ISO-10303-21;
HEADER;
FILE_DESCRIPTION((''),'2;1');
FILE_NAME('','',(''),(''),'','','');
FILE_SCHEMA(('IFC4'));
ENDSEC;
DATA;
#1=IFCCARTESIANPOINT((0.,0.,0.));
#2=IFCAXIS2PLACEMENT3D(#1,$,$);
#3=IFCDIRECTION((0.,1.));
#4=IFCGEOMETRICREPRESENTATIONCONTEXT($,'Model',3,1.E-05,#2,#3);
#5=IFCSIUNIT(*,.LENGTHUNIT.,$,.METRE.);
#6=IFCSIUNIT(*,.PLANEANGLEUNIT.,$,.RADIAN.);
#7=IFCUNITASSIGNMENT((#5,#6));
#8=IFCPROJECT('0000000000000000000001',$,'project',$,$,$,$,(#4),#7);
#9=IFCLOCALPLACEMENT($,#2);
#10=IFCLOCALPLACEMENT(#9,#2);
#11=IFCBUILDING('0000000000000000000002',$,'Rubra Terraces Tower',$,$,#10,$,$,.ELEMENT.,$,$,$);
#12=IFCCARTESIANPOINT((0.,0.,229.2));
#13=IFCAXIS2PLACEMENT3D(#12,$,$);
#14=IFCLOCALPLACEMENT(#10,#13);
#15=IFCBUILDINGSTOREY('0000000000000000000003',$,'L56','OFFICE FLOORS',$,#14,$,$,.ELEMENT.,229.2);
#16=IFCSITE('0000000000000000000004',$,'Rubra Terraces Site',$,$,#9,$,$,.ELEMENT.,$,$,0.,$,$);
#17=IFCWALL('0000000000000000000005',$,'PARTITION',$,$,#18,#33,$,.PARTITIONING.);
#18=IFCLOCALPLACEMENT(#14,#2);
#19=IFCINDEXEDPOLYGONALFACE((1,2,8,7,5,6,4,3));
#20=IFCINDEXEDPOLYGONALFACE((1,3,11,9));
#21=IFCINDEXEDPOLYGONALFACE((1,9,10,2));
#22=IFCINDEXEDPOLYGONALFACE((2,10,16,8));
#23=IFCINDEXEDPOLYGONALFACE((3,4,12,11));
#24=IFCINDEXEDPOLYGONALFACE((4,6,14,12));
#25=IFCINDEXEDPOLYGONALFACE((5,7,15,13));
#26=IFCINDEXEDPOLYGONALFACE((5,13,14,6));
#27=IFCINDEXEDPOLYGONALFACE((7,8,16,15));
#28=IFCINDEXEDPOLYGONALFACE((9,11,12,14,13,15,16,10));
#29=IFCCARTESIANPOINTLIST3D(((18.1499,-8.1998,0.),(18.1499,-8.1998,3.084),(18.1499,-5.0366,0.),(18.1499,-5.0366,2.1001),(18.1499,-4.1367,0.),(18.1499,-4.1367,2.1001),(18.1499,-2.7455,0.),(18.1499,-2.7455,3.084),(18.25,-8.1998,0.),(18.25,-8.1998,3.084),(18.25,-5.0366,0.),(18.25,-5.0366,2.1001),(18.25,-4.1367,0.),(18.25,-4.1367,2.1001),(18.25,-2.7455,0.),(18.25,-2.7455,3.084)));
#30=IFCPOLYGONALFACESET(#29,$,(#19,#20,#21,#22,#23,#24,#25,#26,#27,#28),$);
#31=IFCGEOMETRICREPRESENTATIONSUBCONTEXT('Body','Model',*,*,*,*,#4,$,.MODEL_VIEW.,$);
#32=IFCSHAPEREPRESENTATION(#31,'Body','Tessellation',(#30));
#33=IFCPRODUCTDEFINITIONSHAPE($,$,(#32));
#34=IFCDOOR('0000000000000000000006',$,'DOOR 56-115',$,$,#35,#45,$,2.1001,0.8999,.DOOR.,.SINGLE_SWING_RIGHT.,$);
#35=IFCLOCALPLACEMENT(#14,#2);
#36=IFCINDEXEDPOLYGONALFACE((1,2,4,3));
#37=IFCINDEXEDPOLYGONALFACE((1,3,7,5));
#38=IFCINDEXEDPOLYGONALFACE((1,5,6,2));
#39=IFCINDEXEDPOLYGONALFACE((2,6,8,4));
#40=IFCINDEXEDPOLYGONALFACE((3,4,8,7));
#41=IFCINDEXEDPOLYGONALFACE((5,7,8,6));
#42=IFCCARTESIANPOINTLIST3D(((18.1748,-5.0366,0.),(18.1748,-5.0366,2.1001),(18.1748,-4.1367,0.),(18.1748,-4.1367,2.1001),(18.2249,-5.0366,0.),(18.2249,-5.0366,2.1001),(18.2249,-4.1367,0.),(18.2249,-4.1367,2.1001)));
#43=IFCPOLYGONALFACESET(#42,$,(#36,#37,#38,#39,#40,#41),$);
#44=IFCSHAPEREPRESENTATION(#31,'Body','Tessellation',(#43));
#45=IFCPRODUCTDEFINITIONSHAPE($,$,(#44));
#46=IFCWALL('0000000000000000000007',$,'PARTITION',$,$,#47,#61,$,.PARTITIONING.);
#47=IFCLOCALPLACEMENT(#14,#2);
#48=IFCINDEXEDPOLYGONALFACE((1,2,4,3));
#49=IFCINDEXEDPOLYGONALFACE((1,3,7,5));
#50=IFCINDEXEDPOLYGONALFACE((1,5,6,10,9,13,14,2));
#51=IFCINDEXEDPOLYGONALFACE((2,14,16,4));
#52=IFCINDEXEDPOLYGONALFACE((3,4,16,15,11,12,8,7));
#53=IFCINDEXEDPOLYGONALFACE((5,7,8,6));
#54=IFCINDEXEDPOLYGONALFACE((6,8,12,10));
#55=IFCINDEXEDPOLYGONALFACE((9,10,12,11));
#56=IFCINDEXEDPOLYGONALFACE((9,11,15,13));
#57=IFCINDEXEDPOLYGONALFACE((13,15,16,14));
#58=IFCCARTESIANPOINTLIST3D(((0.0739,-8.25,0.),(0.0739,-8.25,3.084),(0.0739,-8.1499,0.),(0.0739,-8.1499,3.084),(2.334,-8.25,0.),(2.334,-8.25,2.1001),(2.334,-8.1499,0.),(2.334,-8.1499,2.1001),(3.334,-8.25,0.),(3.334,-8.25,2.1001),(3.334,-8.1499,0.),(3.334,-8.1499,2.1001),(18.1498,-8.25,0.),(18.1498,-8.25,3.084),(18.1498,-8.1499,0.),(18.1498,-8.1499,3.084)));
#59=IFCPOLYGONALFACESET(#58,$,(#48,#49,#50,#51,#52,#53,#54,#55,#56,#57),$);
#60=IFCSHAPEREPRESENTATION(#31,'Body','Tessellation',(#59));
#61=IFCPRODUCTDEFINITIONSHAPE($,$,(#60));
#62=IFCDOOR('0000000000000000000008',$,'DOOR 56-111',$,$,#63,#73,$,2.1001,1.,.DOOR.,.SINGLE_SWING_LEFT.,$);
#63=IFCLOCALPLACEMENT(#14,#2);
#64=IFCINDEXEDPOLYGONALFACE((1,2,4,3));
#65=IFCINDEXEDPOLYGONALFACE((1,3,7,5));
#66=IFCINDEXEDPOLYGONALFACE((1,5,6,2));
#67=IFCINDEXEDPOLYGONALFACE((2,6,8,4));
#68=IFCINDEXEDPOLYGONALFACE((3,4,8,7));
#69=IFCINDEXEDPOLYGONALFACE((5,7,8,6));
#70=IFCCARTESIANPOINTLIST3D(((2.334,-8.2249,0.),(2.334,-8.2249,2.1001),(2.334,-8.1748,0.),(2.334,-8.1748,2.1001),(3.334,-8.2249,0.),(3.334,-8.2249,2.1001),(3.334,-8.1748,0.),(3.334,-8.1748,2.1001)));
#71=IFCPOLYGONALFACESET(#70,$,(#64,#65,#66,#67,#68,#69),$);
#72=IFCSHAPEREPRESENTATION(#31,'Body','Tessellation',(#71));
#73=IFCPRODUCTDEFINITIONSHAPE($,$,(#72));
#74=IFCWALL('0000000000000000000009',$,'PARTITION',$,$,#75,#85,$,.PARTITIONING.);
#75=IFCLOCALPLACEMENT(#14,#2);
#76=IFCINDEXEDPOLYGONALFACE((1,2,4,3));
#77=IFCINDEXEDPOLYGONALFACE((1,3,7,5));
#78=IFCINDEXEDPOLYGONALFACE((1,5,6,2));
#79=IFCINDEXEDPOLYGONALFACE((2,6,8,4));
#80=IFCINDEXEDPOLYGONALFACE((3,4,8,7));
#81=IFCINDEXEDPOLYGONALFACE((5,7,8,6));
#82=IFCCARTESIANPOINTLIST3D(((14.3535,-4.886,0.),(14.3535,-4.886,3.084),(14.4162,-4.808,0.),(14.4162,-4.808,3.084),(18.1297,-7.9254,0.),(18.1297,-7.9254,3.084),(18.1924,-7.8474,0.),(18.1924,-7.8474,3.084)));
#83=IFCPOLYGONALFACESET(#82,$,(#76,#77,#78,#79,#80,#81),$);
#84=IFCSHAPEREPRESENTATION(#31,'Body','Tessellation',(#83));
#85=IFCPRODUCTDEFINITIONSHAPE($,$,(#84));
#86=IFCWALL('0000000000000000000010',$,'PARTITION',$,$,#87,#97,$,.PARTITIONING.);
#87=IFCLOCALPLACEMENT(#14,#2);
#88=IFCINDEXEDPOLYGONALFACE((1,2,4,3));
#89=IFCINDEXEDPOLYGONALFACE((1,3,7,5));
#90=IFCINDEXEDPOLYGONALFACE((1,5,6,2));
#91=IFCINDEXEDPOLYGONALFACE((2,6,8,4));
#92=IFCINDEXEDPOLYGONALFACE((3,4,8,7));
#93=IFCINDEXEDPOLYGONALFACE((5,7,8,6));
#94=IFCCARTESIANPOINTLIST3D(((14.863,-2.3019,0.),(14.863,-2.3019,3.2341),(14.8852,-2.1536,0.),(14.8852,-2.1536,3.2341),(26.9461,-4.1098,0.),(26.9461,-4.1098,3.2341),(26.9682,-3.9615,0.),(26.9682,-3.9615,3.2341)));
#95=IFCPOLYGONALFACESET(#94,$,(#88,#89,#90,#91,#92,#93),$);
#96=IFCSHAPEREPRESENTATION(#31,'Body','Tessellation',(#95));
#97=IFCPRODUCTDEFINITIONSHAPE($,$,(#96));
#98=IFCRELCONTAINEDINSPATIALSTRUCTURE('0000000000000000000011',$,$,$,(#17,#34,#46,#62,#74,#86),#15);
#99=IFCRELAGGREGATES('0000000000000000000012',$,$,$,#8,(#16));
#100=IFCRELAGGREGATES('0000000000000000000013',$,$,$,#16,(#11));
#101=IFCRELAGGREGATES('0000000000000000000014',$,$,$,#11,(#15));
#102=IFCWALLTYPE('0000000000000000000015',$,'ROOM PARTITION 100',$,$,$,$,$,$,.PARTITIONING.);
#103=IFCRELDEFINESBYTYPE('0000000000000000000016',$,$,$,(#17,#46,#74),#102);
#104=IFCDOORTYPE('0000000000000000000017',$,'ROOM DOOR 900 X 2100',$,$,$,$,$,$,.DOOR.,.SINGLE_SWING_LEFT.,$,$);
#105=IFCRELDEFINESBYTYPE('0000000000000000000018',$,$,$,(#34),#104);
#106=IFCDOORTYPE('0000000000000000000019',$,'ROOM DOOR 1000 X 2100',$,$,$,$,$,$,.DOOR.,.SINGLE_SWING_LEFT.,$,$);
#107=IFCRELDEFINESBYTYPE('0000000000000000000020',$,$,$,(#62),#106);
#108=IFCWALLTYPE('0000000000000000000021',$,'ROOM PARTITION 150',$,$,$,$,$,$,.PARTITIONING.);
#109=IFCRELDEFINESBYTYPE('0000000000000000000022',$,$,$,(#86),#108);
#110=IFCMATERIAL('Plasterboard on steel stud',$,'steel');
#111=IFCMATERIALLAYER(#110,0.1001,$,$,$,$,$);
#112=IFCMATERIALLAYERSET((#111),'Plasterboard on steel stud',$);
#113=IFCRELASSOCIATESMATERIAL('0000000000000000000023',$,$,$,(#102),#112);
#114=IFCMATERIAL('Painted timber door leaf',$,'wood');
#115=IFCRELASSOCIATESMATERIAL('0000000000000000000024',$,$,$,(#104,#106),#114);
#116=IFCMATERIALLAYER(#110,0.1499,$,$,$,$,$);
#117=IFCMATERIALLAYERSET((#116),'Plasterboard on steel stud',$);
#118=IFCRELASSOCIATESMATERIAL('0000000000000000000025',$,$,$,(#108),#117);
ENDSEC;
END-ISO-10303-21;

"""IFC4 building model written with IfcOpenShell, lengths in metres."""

from ifc_helpers import new_model, si_unit, direction, frame, frame_2d, origin, place, context, subcontext, project, spatial, rectangle, extrude, material, layer, layer_set, type_object, element, fill, save


model = new_model("IFC4")

# Units and contexts
model_context = context("Model", 3, precision=1e-05, world=origin(), true_north=direction((0.0, 1.0)))
body_context = subcontext(model_context, "Body", "Model", "MODEL_VIEW")
ifc_project = project(units=[si_unit("LENGTHUNIT", "METRE"), si_unit("PLANEANGLEUNIT", "RADIAN")], contexts=[model_context])

# Site, building, storey
site_placement = place(None, origin())
site = spatial("IfcSite", under=ifc_project, at=site_placement, Name="Rubra Terraces Site", CompositionType="ELEMENT", RefElevation=0.0)
building_placement = place(site_placement, origin())
building = spatial("IfcBuilding", under=site, at=building_placement, Name="Rubra Terraces Tower", CompositionType="ELEMENT")
storey_placement = place(building_placement, frame((0.0, 0.0, 229.2)))
storey = spatial("IfcBuildingStorey", under=building, at=storey_placement, Name="L56", Description="OFFICE FLOORS", CompositionType="ELEMENT", Elevation=229.2)

# Walls, openings, doors
ifc_material_1 = material(Name="Plasterboard on steel stud", Category="steel")
ifc_layer_1 = layer(ifc_material_1, 0.1001)
ifc_layer_set_1 = layer_set([ifc_layer_1], Name="Plasterboard on steel stud")
wall_type_1 = type_object("IfcWallType", Name="ROOM PARTITION 100", PredefinedType="PARTITIONING", material=ifc_layer_set_1)
wall_1_placement = place(storey_placement, frame((18.2, -2.7456, 0.0), z_axis=(0.0, 0.0, 1.0), x_axis=(0.0, -1.0, 0.0)))
wall_1 = element("IfcWall", 1, at=wall_1_placement, inside=storey, type_object=wall_type_1, Name="PARTITION", PredefinedType="PARTITIONING", context=body_context, shape_type="SweptSolid", body=[
    extrude(rectangle(XDim=5.4543, YDim=0.1001, at=frame_2d((2.7271, 0.0))), origin(), (0.0, 0.0, 1.0), 3.084),
])
opening_1_placement = place(wall_1_placement, frame((1.3911, 0.0, 0.0)))
opening_1 = element("IfcOpeningElement", 2, at=opening_1_placement, cuts=wall_1, PredefinedType="OPENING", context=body_context, shape_type="SweptSolid", body=[
    extrude(rectangle(XDim=0.8999, YDim=2.1001, at=frame_2d((0.45, 1.05))), frame((0.0, 0.0601, 0.0), z_axis=(0.0, -1.0, 0.0), x_axis=(1.0, 0.0, 0.0)), (0.0, 0.0, 1.0), 0.1201),
])
ifc_material_2 = material(Name="Painted timber door leaf", Category="wood")
door_type_1 = type_object("IfcDoorType", Name="ROOM DOOR 900 X 2100", OperationType="SINGLE_SWING_LEFT", PredefinedType="DOOR", material=ifc_material_2)
door_1_placement = place(opening_1_placement, origin())
door_1 = element("IfcDoor", 3, at=door_1_placement, inside=storey, type_object=door_type_1, Name="DOOR 56-115", OperationType="SINGLE_SWING_RIGHT", OverallHeight=2.1001, OverallWidth=0.8999, PredefinedType="DOOR", context=body_context, shape_type="SweptSolid", body=[
    extrude(rectangle(XDim=0.8999, YDim=2.1001, at=frame_2d((0.45, 1.05))), frame((0.0, 0.0249, 0.0), z_axis=(0.0, -1.0, 0.0), x_axis=(1.0, 0.0, 0.0)), (0.0, 0.0, 1.0), 0.05),
])
fill(opening_1, door_1)
wall_2_placement = place(storey_placement, frame((18.1499, -8.2, 0.0), z_axis=(0.0, 0.0, 1.0), x_axis=(-1.0, 0.0, 0.0)))
wall_2 = element("IfcWall", 4, at=wall_2_placement, inside=storey, type_object=wall_type_1, Name="PARTITION", PredefinedType="PARTITIONING", context=body_context, shape_type="SweptSolid", body=[
    extrude(rectangle(XDim=18.0759, YDim=0.1001, at=frame_2d((9.0381, 0.0))), origin(), (0.0, 0.0, 1.0), 3.084),
])
opening_2_placement = place(wall_2_placement, frame((14.8159, 0.0, 0.0)))
opening_2 = element("IfcOpeningElement", 5, at=opening_2_placement, cuts=wall_2, PredefinedType="OPENING", context=body_context, shape_type="SweptSolid", body=[
    extrude(rectangle(XDim=1.0, YDim=2.1001, at=frame_2d((0.5, 1.05))), frame((0.0, 0.0601, 0.0), z_axis=(0.0, -1.0, 0.0), x_axis=(1.0, 0.0, 0.0)), (0.0, 0.0, 1.0), 0.1201),
])
door_type_2 = type_object("IfcDoorType", Name="ROOM DOOR 1000 X 2100", OperationType="SINGLE_SWING_LEFT", PredefinedType="DOOR", material=ifc_material_2)
door_2_placement = place(opening_2_placement, origin())
door_2 = element("IfcDoor", 6, at=door_2_placement, inside=storey, type_object=door_type_2, Name="DOOR 56-111", OperationType="SINGLE_SWING_LEFT", OverallHeight=2.1001, OverallWidth=1.0, PredefinedType="DOOR", context=body_context, shape_type="SweptSolid", body=[
    extrude(rectangle(XDim=1.0, YDim=2.1001, at=frame_2d((0.5, 1.05))), frame((0.0, 0.0249, 0.0), z_axis=(0.0, -1.0, 0.0), x_axis=(1.0, 0.0, 0.0)), (0.0, 0.0, 1.0), 0.05),
])
fill(opening_2, door_2)

# Walls
wall_3_placement = place(storey_placement, frame((14.3848, -4.8469, 0.0), z_axis=(0.0, 0.0, 1.0), x_axis=(0.779013, -0.627008, 0.0)))
element("IfcWall", 7, at=wall_3_placement, inside=storey, type_object=wall_type_1, Name="PARTITION", PredefinedType="PARTITIONING", context=body_context, shape_type="SweptSolid", body=[
    extrude(rectangle(XDim=4.8474, YDim=0.1001, at=frame_2d((2.4238, 0.0))), origin(), (0.0, 0.0, 1.0), 3.084),
])
ifc_layer_2 = layer(ifc_material_1, 0.1499)
ifc_layer_set_2 = layer_set([ifc_layer_2], Name="Plasterboard on steel stud")
wall_type_2 = type_object("IfcWallType", Name="ROOM PARTITION 150", PredefinedType="PARTITIONING", material=ifc_layer_set_2)
wall_4_placement = place(storey_placement, frame((26.9573, -4.0356, 0.0), z_axis=(0.0, 0.0, 1.0), x_axis=(-0.988991, 0.147973, 0.0)))
element("IfcWall", 8, at=wall_4_placement, inside=storey, type_object=wall_type_2, Name="PARTITION", PredefinedType="PARTITIONING", context=body_context, shape_type="SweptSolid", body=[
    extrude(rectangle(XDim=12.2175, YDim=0.1499, at=frame_2d((6.1089, 0.0))), origin(), (0.0, 0.0, 1.0), 3.2341),
])

save(model, "model.ifc")
